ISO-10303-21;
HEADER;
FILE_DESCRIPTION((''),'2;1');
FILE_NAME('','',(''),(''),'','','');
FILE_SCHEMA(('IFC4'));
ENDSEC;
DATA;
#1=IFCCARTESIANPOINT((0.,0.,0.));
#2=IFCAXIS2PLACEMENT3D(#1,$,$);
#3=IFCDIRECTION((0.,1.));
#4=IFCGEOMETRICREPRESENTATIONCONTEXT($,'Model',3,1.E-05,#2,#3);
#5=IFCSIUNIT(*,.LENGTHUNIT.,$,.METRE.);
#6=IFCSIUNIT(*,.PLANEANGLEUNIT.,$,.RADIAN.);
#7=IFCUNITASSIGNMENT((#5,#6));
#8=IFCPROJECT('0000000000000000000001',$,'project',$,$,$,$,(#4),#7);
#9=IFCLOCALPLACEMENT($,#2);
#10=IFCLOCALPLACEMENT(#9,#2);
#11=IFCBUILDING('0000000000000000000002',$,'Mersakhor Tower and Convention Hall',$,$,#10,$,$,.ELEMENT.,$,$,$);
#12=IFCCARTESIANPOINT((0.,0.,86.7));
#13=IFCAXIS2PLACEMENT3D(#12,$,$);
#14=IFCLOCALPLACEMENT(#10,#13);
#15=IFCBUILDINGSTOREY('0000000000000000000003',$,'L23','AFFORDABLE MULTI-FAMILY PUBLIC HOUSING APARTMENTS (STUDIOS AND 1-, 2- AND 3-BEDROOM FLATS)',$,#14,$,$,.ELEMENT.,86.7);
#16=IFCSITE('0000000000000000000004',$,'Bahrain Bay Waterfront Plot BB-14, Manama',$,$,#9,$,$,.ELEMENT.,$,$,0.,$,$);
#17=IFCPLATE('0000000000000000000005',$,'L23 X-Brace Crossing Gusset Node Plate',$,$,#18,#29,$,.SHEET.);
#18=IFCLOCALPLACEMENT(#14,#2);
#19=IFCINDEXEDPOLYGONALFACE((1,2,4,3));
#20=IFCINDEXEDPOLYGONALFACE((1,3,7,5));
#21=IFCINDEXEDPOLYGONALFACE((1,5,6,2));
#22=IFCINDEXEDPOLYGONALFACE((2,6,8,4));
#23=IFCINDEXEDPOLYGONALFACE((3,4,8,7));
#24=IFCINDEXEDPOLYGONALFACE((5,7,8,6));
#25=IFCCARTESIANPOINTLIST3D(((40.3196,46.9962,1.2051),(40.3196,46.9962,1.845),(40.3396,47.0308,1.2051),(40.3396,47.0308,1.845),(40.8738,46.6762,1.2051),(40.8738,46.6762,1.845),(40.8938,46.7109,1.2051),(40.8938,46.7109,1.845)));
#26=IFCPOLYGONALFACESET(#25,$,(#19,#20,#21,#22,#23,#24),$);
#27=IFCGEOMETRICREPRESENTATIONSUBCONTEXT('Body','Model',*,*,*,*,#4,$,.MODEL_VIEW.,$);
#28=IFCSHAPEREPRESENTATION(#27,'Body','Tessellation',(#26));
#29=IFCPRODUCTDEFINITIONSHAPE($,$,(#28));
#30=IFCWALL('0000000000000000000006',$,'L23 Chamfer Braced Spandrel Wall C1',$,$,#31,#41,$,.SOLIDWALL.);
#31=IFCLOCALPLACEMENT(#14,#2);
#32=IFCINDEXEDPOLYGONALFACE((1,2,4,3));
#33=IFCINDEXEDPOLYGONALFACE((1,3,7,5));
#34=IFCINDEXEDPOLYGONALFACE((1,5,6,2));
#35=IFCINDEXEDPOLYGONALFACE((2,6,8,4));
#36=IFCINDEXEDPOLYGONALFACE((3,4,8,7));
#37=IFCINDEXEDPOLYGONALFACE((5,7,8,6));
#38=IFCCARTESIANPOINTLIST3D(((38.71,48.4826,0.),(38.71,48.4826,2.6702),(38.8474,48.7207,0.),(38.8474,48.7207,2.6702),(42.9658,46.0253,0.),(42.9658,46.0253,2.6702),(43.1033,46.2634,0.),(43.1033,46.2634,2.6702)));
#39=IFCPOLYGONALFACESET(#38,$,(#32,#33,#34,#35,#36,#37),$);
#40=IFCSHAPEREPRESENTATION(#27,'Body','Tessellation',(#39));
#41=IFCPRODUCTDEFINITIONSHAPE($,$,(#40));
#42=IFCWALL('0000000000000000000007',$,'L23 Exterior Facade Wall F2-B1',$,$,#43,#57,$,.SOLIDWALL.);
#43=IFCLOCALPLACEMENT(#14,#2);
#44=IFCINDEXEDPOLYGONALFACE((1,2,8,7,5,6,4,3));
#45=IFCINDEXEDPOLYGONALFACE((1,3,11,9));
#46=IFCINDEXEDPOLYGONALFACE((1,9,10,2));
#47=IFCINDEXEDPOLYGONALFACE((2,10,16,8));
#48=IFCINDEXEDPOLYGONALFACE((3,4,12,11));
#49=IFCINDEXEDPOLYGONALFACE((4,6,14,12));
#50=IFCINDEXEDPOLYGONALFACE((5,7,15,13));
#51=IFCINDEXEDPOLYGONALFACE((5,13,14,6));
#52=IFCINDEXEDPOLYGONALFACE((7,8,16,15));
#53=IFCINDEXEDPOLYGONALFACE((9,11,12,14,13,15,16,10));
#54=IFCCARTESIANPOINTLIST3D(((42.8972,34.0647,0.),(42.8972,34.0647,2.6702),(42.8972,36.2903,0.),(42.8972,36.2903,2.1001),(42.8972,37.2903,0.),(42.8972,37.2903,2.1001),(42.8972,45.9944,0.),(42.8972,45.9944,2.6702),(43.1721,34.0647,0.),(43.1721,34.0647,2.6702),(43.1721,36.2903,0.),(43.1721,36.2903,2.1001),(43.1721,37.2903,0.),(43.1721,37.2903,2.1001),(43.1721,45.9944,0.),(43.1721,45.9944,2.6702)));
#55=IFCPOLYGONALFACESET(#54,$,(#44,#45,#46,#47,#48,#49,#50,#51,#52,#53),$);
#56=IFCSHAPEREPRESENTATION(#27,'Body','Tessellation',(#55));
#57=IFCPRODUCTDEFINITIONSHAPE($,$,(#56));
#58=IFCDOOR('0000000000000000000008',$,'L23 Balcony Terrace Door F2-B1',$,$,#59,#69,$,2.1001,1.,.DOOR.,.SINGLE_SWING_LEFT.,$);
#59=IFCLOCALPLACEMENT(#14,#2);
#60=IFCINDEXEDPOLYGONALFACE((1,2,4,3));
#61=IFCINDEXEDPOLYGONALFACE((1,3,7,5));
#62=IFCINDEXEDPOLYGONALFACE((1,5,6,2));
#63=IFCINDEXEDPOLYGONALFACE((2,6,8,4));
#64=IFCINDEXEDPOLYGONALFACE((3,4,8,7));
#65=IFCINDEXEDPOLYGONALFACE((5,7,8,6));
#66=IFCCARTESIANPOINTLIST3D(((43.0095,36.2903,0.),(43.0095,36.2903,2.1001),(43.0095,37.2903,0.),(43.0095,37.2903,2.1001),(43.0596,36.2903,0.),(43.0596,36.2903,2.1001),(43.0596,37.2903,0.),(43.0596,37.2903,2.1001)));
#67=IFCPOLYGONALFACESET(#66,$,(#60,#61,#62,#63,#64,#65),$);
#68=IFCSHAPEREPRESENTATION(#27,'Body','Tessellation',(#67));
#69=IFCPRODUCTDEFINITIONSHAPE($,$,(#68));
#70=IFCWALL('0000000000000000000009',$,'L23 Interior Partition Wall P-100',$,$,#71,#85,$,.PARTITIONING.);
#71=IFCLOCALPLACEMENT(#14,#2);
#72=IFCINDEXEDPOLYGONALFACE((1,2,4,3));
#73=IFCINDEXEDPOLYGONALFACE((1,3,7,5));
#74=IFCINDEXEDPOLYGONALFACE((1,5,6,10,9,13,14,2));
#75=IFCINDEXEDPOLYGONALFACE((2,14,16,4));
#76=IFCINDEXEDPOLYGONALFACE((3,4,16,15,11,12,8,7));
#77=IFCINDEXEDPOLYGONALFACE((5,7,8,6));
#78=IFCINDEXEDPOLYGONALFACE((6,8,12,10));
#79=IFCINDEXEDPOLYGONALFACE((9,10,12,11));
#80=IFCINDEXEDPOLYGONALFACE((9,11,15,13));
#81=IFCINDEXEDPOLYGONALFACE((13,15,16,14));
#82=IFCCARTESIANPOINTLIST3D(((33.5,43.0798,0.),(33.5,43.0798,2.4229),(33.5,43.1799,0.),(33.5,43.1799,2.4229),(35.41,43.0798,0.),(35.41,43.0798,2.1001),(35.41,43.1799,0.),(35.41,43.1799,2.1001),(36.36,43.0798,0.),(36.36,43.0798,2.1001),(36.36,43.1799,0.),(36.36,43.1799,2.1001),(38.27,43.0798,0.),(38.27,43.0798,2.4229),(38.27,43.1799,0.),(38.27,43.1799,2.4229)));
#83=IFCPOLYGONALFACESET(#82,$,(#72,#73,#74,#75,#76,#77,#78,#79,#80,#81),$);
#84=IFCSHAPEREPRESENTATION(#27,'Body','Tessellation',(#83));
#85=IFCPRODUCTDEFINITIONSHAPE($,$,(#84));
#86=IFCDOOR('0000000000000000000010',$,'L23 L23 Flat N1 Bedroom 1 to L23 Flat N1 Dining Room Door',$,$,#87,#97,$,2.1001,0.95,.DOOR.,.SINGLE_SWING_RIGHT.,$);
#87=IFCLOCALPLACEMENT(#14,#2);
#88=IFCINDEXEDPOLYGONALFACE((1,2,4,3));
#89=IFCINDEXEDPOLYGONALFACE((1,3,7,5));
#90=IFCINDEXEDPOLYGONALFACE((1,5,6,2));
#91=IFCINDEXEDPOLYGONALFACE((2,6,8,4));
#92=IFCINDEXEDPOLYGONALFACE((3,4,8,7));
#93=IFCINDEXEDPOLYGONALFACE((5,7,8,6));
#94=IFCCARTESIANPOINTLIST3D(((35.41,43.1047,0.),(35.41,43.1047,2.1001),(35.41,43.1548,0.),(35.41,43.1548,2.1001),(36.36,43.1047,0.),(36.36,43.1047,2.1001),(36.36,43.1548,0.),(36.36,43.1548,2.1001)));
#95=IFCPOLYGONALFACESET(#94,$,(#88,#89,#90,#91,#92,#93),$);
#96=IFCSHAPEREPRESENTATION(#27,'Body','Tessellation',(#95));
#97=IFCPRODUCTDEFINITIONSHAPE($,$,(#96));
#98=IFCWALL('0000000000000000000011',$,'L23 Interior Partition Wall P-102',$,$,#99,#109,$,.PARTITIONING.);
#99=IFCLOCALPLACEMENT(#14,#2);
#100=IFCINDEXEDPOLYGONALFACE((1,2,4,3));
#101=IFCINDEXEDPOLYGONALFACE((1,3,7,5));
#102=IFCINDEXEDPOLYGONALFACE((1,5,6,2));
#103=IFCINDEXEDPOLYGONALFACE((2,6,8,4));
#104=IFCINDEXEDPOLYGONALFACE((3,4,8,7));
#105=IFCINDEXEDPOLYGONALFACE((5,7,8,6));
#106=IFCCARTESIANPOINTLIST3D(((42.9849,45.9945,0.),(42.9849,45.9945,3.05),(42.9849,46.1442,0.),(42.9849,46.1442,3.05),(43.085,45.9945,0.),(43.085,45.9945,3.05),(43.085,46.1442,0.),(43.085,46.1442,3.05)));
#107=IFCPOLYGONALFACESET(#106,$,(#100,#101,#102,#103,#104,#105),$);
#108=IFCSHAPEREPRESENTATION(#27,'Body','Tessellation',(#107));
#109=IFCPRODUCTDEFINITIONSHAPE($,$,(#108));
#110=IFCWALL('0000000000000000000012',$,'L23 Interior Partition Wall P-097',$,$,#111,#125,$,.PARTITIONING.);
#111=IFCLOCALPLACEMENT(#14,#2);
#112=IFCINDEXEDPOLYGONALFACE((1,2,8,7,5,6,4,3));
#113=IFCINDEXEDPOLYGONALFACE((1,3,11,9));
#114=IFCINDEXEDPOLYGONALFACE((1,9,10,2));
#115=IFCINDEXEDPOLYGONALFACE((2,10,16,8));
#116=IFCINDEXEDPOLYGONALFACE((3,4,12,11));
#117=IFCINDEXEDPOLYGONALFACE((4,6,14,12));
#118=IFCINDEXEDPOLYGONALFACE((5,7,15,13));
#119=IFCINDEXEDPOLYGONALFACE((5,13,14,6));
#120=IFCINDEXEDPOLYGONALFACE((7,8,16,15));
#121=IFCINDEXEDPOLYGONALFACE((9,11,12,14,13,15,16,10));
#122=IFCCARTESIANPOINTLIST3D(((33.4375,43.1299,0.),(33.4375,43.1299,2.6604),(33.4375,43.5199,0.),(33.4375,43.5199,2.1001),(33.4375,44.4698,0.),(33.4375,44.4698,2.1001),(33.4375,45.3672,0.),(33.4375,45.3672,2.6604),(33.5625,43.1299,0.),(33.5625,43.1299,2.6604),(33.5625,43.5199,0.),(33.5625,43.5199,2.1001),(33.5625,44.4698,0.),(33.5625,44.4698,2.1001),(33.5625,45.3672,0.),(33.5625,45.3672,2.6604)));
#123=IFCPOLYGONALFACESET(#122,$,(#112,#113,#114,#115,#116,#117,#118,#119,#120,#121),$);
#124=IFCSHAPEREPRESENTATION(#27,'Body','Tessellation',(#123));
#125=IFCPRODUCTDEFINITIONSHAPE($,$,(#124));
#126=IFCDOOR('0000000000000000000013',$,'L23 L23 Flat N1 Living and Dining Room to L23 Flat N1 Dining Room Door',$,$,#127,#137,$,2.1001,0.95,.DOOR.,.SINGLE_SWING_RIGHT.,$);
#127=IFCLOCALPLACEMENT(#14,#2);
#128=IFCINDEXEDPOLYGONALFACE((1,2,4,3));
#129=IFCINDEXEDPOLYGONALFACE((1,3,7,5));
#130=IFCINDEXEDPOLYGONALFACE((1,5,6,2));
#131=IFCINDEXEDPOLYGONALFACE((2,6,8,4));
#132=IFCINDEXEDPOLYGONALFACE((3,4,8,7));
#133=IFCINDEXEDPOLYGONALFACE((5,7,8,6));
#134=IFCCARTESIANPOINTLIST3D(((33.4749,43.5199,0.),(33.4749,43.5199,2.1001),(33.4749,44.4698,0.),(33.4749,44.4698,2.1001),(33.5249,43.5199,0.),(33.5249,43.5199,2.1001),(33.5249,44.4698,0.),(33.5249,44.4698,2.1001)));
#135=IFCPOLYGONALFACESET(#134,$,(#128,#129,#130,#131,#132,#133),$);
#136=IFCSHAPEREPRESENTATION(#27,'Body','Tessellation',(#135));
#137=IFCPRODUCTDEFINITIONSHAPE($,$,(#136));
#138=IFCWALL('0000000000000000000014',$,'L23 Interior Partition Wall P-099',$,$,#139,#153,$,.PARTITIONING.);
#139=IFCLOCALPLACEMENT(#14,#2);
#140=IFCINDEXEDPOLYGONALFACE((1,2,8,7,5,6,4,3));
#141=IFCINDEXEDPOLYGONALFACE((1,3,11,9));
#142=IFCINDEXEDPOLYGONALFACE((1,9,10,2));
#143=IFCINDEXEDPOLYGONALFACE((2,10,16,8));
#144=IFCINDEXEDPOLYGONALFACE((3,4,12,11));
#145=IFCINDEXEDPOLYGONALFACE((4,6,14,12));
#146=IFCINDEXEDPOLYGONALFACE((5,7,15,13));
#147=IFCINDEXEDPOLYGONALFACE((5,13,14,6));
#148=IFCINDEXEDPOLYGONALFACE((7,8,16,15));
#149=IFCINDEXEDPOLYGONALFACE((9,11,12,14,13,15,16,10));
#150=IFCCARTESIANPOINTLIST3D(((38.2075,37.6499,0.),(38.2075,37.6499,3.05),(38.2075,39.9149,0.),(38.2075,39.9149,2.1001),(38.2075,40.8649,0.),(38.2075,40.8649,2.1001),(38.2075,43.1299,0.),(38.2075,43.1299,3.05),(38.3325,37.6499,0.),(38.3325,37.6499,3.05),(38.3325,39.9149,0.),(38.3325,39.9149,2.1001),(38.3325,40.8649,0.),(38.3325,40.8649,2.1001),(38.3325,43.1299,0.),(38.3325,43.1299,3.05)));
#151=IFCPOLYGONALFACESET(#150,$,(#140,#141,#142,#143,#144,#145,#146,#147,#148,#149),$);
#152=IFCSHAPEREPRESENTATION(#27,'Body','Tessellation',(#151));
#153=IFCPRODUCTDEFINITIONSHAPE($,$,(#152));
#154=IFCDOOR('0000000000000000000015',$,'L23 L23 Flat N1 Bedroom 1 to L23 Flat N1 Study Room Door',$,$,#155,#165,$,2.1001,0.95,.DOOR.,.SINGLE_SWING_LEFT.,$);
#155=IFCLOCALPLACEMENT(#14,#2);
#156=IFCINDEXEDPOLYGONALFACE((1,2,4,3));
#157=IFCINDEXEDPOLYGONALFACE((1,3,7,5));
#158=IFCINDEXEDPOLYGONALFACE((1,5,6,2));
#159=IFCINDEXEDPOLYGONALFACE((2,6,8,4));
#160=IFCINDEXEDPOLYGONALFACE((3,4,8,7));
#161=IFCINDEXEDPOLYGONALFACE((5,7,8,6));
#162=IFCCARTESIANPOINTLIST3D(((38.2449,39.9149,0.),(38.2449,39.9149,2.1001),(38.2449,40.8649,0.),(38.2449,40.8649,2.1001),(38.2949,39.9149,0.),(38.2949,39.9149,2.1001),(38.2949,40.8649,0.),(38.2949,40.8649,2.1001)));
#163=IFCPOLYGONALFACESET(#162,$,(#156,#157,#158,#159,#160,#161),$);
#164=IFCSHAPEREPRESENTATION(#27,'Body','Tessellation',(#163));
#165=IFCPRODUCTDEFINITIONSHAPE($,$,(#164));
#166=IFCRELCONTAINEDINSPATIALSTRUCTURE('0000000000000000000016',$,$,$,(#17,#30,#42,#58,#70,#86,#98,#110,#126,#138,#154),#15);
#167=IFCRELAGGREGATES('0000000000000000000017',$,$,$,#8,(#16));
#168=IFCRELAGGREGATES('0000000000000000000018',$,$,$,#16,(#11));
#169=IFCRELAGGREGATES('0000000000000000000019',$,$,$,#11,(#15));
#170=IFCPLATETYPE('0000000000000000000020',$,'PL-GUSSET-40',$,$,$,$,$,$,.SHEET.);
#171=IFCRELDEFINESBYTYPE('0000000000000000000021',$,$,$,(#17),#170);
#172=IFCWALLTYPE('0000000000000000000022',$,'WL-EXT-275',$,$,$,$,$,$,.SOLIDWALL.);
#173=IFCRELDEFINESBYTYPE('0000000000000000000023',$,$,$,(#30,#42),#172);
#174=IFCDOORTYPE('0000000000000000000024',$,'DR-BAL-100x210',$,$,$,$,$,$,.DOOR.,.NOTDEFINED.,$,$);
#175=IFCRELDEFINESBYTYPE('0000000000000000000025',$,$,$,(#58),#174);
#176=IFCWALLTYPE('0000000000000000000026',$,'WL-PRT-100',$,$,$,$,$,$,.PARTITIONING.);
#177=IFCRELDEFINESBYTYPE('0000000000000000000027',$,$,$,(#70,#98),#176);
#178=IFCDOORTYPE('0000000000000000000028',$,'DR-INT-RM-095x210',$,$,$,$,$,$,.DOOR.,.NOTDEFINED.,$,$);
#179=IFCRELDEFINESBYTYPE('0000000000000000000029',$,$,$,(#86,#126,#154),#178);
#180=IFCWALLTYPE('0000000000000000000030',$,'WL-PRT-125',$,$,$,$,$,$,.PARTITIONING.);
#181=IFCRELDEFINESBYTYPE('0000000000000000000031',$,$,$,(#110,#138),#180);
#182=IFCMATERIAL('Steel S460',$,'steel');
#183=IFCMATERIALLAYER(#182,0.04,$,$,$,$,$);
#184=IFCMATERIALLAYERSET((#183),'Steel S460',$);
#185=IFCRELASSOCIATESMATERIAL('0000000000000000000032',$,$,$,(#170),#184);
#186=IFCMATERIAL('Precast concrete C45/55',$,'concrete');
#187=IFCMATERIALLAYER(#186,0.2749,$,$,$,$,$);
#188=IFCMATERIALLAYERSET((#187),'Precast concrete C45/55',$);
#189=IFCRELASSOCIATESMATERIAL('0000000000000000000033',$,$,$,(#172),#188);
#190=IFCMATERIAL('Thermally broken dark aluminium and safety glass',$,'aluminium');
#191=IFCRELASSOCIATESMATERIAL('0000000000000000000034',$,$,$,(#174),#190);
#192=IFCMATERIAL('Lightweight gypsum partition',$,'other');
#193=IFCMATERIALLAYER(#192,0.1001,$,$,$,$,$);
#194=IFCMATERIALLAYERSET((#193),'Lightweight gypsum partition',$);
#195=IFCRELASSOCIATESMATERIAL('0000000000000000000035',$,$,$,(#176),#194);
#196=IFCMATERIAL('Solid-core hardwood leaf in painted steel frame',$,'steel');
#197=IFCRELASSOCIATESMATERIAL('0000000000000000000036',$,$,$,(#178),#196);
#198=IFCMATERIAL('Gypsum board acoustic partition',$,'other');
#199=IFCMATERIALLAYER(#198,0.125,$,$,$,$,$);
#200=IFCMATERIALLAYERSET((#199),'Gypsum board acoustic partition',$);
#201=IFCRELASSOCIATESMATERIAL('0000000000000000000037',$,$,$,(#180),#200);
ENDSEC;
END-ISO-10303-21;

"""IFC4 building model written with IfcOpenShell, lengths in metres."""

from ifc_helpers import new_model, si_unit, direction, frame, frame_2d, origin, origin_2d, place, context, subcontext, project, spatial, rectangle, extrude, material, layer, layer_set, type_object, element, fill, save


model = new_model("IFC4")

# Units and contexts
model_context = context("Model", 3, precision=1e-05, world=origin(), true_north=direction((0.0, 1.0)))
body_context = subcontext(model_context, "Body", "Model", "MODEL_VIEW")
ifc_project = project(units=[si_unit("LENGTHUNIT", "METRE"), si_unit("PLANEANGLEUNIT", "RADIAN")], contexts=[model_context])

# Site, building, storey
site_placement = place(None, origin())
site = spatial("IfcSite", under=ifc_project, at=site_placement, Name="Bahrain Bay Waterfront Plot BB-14, Manama", CompositionType="ELEMENT", RefElevation=0.0)
building_placement = place(site_placement, origin())
building = spatial("IfcBuilding", under=site, at=building_placement, Name="Mersakhor Tower and Convention Hall", CompositionType="ELEMENT")
storey_placement = place(building_placement, frame((0.0, 0.0, 86.7)))
storey = spatial("IfcBuildingStorey", under=building, at=storey_placement, Name="L23", Description="AFFORDABLE MULTI-FAMILY PUBLIC HOUSING APARTMENTS (STUDIOS AND 1-, 2- AND 3-BEDROOM FLATS)", CompositionType="ELEMENT", Elevation=86.7)

# Plate
ifc_material_1 = material(Name="Steel S460", Category="steel")
ifc_layer_1 = layer(ifc_material_1, 0.04)
ifc_layer_set_1 = layer_set([ifc_layer_1], Name="Steel S460")
plate_type_1 = type_object("IfcPlateType", Name="PL-GUSSET-40", PredefinedType="SHEET", material=ifc_layer_set_1)
plate_1_placement = place(storey_placement, frame((40.6067, 46.8535, 1.2051), z_axis=(0.0, 0.0, 1.0), x_axis=(-0.866025, 0.5, 0.0)))
element("IfcPlate", 1, at=plate_1_placement, inside=storey, type_object=plate_type_1, Name="L23 X-Brace Crossing Gusset Node Plate", PredefinedType="SHEET", context=body_context, shape_type="SweptSolid", body=[
    extrude(rectangle(XDim=0.6399, YDim=0.04, at=origin_2d()), origin(), (0.0, 0.0, 1.0), 0.6399),
])

# Wall
ifc_material_2 = material(Name="Precast concrete C45/55", Category="concrete")
ifc_layer_2 = layer(ifc_material_2, 0.2749)
ifc_layer_set_2 = layer_set([ifc_layer_2], Name="Precast concrete C45/55")
wall_type_1 = type_object("IfcWallType", Name="WL-EXT-275", PredefinedType="SOLIDWALL", material=ifc_layer_set_2)
wall_1_placement = place(storey_placement, frame((38.7788, 48.6016, 0.0), z_axis=(0.0, 0.0, 1.0), x_axis=(0.866012, -0.500023, 0.0)))
element("IfcWall", 2, at=wall_1_placement, inside=storey, type_object=wall_type_1, Name="L23 Chamfer Braced Spandrel Wall C1", PredefinedType="SOLIDWALL", context=body_context, shape_type="SweptSolid", body=[
    extrude(rectangle(XDim=4.9143, YDim=0.2749, at=frame_2d((2.457, 0.0))), origin(), (0.0, 0.0, 1.0), 2.6702),
])

# Walls, openings, doors
wall_2_placement = place(storey_placement, frame((43.0347, 45.9944, 0.0), z_axis=(0.0, 0.0, 1.0), x_axis=(0.0, -1.0, 0.0)))
wall_2 = element("IfcWall", 3, at=wall_2_placement, inside=storey, type_object=wall_type_1, Name="L23 Exterior Facade Wall F2-B1", PredefinedType="SOLIDWALL", context=body_context, shape_type="SweptSolid", body=[
    extrude(rectangle(XDim=11.9297, YDim=0.2749, at=frame_2d((5.9648, 0.0))), origin(), (0.0, 0.0, 1.0), 2.6702),
])
opening_1_placement = place(wall_2_placement, frame((8.7041, 0.0, 0.0)))
opening_1 = element("IfcOpeningElement", 4, at=opening_1_placement, cuts=wall_2, PredefinedType="OPENING", context=body_context, shape_type="SweptSolid", body=[
    extrude(rectangle(XDim=1.0, YDim=2.1001, at=frame_2d((0.5, 1.05))), frame((0.0, 0.1475, 0.0), z_axis=(0.0, -1.0, 0.0), x_axis=(1.0, 0.0, 0.0)), (0.0, 0.0, 1.0), 0.2949),
])
ifc_material_3 = material(Name="Thermally broken dark aluminium and safety glass", Category="aluminium")
door_type_1 = type_object("IfcDoorType", Name="DR-BAL-100x210", OperationType="NOTDEFINED", PredefinedType="DOOR", material=ifc_material_3)
door_1_placement = place(opening_1_placement, origin())
door_1 = element("IfcDoor", 5, at=door_1_placement, inside=storey, type_object=door_type_1, Name="L23 Balcony Terrace Door F2-B1", OperationType="SINGLE_SWING_LEFT", OverallHeight=2.1001, OverallWidth=1.0, PredefinedType="DOOR", context=body_context, shape_type="SweptSolid", body=[
    extrude(rectangle(XDim=1.0, YDim=2.1001, at=frame_2d((0.5, 1.05))), frame((0.0, 0.0249, 0.0), z_axis=(0.0, -1.0, 0.0), x_axis=(1.0, 0.0, 0.0)), (0.0, 0.0, 1.0), 0.05),
])
fill(opening_1, door_1)
ifc_material_4 = material(Name="Lightweight gypsum partition", Category="other")
ifc_layer_3 = layer(ifc_material_4, 0.1001)
ifc_layer_set_3 = layer_set([ifc_layer_3], Name="Lightweight gypsum partition")
wall_type_2 = type_object("IfcWallType", Name="WL-PRT-100", PredefinedType="PARTITIONING", material=ifc_layer_set_3)
wall_3_placement = place(storey_placement, frame((33.5, 43.1299, 0.0), z_axis=(0.0, 0.0, 1.0), x_axis=(1.0, 0.0, 0.0)))
wall_3 = element("IfcWall", 6, at=wall_3_placement, inside=storey, type_object=wall_type_2, Name="L23 Interior Partition Wall P-100", PredefinedType="PARTITIONING", context=body_context, shape_type="SweptSolid", body=[
    extrude(rectangle(XDim=4.77, YDim=0.1001, at=frame_2d((2.385, 0.0))), origin(), (0.0, 0.0, 1.0), 2.4229),
])
opening_2_placement = place(wall_3_placement, frame((1.9099, 0.0, 0.0)))
opening_2 = element("IfcOpeningElement", 7, at=opening_2_placement, cuts=wall_3, PredefinedType="OPENING", context=body_context, shape_type="SweptSolid", body=[
    extrude(rectangle(XDim=0.95, YDim=2.1001, at=frame_2d((0.4751, 1.05))), frame((0.0, 0.0601, 0.0), z_axis=(0.0, -1.0, 0.0), x_axis=(1.0, 0.0, 0.0)), (0.0, 0.0, 1.0), 0.1201),
])
ifc_material_5 = material(Name="Solid-core hardwood leaf in painted steel frame", Category="steel")
door_type_2 = type_object("IfcDoorType", Name="DR-INT-RM-095x210", OperationType="NOTDEFINED", PredefinedType="DOOR", material=ifc_material_5)
door_2_placement = place(opening_2_placement, origin())
door_2 = element("IfcDoor", 8, at=door_2_placement, inside=storey, type_object=door_type_2, Name="L23 L23 Flat N1 Bedroom 1 to L23 Flat N1 Dining Room Door", OperationType="SINGLE_SWING_RIGHT", OverallHeight=2.1001, OverallWidth=0.95, PredefinedType="DOOR", context=body_context, shape_type="SweptSolid", body=[
    extrude(rectangle(XDim=0.95, YDim=2.1001, at=frame_2d((0.4751, 1.05))), frame((0.0, 0.0249, 0.0), z_axis=(0.0, -1.0, 0.0), x_axis=(1.0, 0.0, 0.0)), (0.0, 0.0, 1.0), 0.05),
])
fill(opening_2, door_2)

# Wall
wall_4_placement = place(storey_placement, frame((43.0349, 46.144, 0.0), z_axis=(0.0, 0.0, 1.0), x_axis=(0.0, -1.0, 0.0)))
element("IfcWall", 9, at=wall_4_placement, inside=storey, type_object=wall_type_2, Name="L23 Interior Partition Wall P-102", PredefinedType="PARTITIONING", context=body_context, shape_type="SweptSolid", body=[
    extrude(rectangle(XDim=0.1497, YDim=0.1001, at=frame_2d((0.0747, 0.0))), origin(), (0.0, 0.0, 1.0), 3.05),
])

# Walls, openings, doors
ifc_material_6 = material(Name="Gypsum board acoustic partition", Category="other")
ifc_layer_4 = layer(ifc_material_6, 0.125)
ifc_layer_set_4 = layer_set([ifc_layer_4], Name="Gypsum board acoustic partition")
wall_type_3 = type_object("IfcWallType", Name="WL-PRT-125", PredefinedType="PARTITIONING", material=ifc_layer_set_4)
wall_5_placement = place(storey_placement, frame((33.5, 45.3672, 0.0), z_axis=(0.0, 0.0, 1.0), x_axis=(0.0, -1.0, 0.0)))
wall_5 = element("IfcWall", 10, at=wall_5_placement, inside=storey, type_object=wall_type_3, Name="L23 Interior Partition Wall P-097", PredefinedType="PARTITIONING", context=body_context, shape_type="SweptSolid", body=[
    extrude(rectangle(XDim=2.2373, YDim=0.125, at=frame_2d((1.1187, 0.0))), origin(), (0.0, 0.0, 1.0), 2.6604),
])
opening_3_placement = place(wall_5_placement, frame((0.8972, 0.0, 0.0)))
opening_3 = element("IfcOpeningElement", 11, at=opening_3_placement, cuts=wall_5, PredefinedType="OPENING", context=body_context, shape_type="SweptSolid", body=[
    extrude(rectangle(XDim=0.95, YDim=2.1001, at=frame_2d((0.4751, 1.05))), frame((0.0, 0.0725, 0.0), z_axis=(0.0, -1.0, 0.0), x_axis=(1.0, 0.0, 0.0)), (0.0, 0.0, 1.0), 0.145),
])
door_3_placement = place(opening_3_placement, origin())
door_3 = element("IfcDoor", 12, at=door_3_placement, inside=storey, type_object=door_type_2, Name="L23 L23 Flat N1 Living and Dining Room to L23 Flat N1 Dining Room Door", OperationType="SINGLE_SWING_RIGHT", OverallHeight=2.1001, OverallWidth=0.95, PredefinedType="DOOR", context=body_context, shape_type="SweptSolid", body=[
    extrude(rectangle(XDim=0.95, YDim=2.1001, at=frame_2d((0.4751, 1.05))), frame((0.0, 0.0249, 0.0), z_axis=(0.0, -1.0, 0.0), x_axis=(1.0, 0.0, 0.0)), (0.0, 0.0, 1.0), 0.05),
])
fill(opening_3, door_3)
wall_6_placement = place(storey_placement, frame((38.27, 43.1299, 0.0), z_axis=(0.0, 0.0, 1.0), x_axis=(0.0, -1.0, 0.0)))
wall_6 = element("IfcWall", 13, at=wall_6_placement, inside=storey, type_object=wall_type_3, Name="L23 Interior Partition Wall P-099", PredefinedType="PARTITIONING", context=body_context, shape_type="SweptSolid", body=[
    extrude(rectangle(XDim=5.48, YDim=0.125, at=frame_2d((2.74, 0.0))), origin(), (0.0, 0.0, 1.0), 3.05),
])
opening_4_placement = place(wall_6_placement, frame((2.2649, 0.0, 0.0)))
opening_4 = element("IfcOpeningElement", 14, at=opening_4_placement, cuts=wall_6, PredefinedType="OPENING", context=body_context, shape_type="SweptSolid", body=[
    extrude(rectangle(XDim=0.95, YDim=2.1001, at=frame_2d((0.4751, 1.05))), frame((0.0, 0.0725, 0.0), z_axis=(0.0, -1.0, 0.0), x_axis=(1.0, 0.0, 0.0)), (0.0, 0.0, 1.0), 0.145),
])
door_4_placement = place(opening_4_placement, origin())
door_4 = element("IfcDoor", 15, at=door_4_placement, inside=storey, type_object=door_type_2, Name="L23 L23 Flat N1 Bedroom 1 to L23 Flat N1 Study Room Door", OperationType="SINGLE_SWING_LEFT", OverallHeight=2.1001, OverallWidth=0.95, PredefinedType="DOOR", context=body_context, shape_type="SweptSolid", body=[
    extrude(rectangle(XDim=0.95, YDim=2.1001, at=frame_2d((0.4751, 1.05))), frame((0.0, 0.0249, 0.0), z_axis=(0.0, -1.0, 0.0), x_axis=(1.0, 0.0, 0.0)), (0.0, 0.0, 1.0), 0.05),
])
fill(opening_4, door_4)

save(model, "model.ifc")
